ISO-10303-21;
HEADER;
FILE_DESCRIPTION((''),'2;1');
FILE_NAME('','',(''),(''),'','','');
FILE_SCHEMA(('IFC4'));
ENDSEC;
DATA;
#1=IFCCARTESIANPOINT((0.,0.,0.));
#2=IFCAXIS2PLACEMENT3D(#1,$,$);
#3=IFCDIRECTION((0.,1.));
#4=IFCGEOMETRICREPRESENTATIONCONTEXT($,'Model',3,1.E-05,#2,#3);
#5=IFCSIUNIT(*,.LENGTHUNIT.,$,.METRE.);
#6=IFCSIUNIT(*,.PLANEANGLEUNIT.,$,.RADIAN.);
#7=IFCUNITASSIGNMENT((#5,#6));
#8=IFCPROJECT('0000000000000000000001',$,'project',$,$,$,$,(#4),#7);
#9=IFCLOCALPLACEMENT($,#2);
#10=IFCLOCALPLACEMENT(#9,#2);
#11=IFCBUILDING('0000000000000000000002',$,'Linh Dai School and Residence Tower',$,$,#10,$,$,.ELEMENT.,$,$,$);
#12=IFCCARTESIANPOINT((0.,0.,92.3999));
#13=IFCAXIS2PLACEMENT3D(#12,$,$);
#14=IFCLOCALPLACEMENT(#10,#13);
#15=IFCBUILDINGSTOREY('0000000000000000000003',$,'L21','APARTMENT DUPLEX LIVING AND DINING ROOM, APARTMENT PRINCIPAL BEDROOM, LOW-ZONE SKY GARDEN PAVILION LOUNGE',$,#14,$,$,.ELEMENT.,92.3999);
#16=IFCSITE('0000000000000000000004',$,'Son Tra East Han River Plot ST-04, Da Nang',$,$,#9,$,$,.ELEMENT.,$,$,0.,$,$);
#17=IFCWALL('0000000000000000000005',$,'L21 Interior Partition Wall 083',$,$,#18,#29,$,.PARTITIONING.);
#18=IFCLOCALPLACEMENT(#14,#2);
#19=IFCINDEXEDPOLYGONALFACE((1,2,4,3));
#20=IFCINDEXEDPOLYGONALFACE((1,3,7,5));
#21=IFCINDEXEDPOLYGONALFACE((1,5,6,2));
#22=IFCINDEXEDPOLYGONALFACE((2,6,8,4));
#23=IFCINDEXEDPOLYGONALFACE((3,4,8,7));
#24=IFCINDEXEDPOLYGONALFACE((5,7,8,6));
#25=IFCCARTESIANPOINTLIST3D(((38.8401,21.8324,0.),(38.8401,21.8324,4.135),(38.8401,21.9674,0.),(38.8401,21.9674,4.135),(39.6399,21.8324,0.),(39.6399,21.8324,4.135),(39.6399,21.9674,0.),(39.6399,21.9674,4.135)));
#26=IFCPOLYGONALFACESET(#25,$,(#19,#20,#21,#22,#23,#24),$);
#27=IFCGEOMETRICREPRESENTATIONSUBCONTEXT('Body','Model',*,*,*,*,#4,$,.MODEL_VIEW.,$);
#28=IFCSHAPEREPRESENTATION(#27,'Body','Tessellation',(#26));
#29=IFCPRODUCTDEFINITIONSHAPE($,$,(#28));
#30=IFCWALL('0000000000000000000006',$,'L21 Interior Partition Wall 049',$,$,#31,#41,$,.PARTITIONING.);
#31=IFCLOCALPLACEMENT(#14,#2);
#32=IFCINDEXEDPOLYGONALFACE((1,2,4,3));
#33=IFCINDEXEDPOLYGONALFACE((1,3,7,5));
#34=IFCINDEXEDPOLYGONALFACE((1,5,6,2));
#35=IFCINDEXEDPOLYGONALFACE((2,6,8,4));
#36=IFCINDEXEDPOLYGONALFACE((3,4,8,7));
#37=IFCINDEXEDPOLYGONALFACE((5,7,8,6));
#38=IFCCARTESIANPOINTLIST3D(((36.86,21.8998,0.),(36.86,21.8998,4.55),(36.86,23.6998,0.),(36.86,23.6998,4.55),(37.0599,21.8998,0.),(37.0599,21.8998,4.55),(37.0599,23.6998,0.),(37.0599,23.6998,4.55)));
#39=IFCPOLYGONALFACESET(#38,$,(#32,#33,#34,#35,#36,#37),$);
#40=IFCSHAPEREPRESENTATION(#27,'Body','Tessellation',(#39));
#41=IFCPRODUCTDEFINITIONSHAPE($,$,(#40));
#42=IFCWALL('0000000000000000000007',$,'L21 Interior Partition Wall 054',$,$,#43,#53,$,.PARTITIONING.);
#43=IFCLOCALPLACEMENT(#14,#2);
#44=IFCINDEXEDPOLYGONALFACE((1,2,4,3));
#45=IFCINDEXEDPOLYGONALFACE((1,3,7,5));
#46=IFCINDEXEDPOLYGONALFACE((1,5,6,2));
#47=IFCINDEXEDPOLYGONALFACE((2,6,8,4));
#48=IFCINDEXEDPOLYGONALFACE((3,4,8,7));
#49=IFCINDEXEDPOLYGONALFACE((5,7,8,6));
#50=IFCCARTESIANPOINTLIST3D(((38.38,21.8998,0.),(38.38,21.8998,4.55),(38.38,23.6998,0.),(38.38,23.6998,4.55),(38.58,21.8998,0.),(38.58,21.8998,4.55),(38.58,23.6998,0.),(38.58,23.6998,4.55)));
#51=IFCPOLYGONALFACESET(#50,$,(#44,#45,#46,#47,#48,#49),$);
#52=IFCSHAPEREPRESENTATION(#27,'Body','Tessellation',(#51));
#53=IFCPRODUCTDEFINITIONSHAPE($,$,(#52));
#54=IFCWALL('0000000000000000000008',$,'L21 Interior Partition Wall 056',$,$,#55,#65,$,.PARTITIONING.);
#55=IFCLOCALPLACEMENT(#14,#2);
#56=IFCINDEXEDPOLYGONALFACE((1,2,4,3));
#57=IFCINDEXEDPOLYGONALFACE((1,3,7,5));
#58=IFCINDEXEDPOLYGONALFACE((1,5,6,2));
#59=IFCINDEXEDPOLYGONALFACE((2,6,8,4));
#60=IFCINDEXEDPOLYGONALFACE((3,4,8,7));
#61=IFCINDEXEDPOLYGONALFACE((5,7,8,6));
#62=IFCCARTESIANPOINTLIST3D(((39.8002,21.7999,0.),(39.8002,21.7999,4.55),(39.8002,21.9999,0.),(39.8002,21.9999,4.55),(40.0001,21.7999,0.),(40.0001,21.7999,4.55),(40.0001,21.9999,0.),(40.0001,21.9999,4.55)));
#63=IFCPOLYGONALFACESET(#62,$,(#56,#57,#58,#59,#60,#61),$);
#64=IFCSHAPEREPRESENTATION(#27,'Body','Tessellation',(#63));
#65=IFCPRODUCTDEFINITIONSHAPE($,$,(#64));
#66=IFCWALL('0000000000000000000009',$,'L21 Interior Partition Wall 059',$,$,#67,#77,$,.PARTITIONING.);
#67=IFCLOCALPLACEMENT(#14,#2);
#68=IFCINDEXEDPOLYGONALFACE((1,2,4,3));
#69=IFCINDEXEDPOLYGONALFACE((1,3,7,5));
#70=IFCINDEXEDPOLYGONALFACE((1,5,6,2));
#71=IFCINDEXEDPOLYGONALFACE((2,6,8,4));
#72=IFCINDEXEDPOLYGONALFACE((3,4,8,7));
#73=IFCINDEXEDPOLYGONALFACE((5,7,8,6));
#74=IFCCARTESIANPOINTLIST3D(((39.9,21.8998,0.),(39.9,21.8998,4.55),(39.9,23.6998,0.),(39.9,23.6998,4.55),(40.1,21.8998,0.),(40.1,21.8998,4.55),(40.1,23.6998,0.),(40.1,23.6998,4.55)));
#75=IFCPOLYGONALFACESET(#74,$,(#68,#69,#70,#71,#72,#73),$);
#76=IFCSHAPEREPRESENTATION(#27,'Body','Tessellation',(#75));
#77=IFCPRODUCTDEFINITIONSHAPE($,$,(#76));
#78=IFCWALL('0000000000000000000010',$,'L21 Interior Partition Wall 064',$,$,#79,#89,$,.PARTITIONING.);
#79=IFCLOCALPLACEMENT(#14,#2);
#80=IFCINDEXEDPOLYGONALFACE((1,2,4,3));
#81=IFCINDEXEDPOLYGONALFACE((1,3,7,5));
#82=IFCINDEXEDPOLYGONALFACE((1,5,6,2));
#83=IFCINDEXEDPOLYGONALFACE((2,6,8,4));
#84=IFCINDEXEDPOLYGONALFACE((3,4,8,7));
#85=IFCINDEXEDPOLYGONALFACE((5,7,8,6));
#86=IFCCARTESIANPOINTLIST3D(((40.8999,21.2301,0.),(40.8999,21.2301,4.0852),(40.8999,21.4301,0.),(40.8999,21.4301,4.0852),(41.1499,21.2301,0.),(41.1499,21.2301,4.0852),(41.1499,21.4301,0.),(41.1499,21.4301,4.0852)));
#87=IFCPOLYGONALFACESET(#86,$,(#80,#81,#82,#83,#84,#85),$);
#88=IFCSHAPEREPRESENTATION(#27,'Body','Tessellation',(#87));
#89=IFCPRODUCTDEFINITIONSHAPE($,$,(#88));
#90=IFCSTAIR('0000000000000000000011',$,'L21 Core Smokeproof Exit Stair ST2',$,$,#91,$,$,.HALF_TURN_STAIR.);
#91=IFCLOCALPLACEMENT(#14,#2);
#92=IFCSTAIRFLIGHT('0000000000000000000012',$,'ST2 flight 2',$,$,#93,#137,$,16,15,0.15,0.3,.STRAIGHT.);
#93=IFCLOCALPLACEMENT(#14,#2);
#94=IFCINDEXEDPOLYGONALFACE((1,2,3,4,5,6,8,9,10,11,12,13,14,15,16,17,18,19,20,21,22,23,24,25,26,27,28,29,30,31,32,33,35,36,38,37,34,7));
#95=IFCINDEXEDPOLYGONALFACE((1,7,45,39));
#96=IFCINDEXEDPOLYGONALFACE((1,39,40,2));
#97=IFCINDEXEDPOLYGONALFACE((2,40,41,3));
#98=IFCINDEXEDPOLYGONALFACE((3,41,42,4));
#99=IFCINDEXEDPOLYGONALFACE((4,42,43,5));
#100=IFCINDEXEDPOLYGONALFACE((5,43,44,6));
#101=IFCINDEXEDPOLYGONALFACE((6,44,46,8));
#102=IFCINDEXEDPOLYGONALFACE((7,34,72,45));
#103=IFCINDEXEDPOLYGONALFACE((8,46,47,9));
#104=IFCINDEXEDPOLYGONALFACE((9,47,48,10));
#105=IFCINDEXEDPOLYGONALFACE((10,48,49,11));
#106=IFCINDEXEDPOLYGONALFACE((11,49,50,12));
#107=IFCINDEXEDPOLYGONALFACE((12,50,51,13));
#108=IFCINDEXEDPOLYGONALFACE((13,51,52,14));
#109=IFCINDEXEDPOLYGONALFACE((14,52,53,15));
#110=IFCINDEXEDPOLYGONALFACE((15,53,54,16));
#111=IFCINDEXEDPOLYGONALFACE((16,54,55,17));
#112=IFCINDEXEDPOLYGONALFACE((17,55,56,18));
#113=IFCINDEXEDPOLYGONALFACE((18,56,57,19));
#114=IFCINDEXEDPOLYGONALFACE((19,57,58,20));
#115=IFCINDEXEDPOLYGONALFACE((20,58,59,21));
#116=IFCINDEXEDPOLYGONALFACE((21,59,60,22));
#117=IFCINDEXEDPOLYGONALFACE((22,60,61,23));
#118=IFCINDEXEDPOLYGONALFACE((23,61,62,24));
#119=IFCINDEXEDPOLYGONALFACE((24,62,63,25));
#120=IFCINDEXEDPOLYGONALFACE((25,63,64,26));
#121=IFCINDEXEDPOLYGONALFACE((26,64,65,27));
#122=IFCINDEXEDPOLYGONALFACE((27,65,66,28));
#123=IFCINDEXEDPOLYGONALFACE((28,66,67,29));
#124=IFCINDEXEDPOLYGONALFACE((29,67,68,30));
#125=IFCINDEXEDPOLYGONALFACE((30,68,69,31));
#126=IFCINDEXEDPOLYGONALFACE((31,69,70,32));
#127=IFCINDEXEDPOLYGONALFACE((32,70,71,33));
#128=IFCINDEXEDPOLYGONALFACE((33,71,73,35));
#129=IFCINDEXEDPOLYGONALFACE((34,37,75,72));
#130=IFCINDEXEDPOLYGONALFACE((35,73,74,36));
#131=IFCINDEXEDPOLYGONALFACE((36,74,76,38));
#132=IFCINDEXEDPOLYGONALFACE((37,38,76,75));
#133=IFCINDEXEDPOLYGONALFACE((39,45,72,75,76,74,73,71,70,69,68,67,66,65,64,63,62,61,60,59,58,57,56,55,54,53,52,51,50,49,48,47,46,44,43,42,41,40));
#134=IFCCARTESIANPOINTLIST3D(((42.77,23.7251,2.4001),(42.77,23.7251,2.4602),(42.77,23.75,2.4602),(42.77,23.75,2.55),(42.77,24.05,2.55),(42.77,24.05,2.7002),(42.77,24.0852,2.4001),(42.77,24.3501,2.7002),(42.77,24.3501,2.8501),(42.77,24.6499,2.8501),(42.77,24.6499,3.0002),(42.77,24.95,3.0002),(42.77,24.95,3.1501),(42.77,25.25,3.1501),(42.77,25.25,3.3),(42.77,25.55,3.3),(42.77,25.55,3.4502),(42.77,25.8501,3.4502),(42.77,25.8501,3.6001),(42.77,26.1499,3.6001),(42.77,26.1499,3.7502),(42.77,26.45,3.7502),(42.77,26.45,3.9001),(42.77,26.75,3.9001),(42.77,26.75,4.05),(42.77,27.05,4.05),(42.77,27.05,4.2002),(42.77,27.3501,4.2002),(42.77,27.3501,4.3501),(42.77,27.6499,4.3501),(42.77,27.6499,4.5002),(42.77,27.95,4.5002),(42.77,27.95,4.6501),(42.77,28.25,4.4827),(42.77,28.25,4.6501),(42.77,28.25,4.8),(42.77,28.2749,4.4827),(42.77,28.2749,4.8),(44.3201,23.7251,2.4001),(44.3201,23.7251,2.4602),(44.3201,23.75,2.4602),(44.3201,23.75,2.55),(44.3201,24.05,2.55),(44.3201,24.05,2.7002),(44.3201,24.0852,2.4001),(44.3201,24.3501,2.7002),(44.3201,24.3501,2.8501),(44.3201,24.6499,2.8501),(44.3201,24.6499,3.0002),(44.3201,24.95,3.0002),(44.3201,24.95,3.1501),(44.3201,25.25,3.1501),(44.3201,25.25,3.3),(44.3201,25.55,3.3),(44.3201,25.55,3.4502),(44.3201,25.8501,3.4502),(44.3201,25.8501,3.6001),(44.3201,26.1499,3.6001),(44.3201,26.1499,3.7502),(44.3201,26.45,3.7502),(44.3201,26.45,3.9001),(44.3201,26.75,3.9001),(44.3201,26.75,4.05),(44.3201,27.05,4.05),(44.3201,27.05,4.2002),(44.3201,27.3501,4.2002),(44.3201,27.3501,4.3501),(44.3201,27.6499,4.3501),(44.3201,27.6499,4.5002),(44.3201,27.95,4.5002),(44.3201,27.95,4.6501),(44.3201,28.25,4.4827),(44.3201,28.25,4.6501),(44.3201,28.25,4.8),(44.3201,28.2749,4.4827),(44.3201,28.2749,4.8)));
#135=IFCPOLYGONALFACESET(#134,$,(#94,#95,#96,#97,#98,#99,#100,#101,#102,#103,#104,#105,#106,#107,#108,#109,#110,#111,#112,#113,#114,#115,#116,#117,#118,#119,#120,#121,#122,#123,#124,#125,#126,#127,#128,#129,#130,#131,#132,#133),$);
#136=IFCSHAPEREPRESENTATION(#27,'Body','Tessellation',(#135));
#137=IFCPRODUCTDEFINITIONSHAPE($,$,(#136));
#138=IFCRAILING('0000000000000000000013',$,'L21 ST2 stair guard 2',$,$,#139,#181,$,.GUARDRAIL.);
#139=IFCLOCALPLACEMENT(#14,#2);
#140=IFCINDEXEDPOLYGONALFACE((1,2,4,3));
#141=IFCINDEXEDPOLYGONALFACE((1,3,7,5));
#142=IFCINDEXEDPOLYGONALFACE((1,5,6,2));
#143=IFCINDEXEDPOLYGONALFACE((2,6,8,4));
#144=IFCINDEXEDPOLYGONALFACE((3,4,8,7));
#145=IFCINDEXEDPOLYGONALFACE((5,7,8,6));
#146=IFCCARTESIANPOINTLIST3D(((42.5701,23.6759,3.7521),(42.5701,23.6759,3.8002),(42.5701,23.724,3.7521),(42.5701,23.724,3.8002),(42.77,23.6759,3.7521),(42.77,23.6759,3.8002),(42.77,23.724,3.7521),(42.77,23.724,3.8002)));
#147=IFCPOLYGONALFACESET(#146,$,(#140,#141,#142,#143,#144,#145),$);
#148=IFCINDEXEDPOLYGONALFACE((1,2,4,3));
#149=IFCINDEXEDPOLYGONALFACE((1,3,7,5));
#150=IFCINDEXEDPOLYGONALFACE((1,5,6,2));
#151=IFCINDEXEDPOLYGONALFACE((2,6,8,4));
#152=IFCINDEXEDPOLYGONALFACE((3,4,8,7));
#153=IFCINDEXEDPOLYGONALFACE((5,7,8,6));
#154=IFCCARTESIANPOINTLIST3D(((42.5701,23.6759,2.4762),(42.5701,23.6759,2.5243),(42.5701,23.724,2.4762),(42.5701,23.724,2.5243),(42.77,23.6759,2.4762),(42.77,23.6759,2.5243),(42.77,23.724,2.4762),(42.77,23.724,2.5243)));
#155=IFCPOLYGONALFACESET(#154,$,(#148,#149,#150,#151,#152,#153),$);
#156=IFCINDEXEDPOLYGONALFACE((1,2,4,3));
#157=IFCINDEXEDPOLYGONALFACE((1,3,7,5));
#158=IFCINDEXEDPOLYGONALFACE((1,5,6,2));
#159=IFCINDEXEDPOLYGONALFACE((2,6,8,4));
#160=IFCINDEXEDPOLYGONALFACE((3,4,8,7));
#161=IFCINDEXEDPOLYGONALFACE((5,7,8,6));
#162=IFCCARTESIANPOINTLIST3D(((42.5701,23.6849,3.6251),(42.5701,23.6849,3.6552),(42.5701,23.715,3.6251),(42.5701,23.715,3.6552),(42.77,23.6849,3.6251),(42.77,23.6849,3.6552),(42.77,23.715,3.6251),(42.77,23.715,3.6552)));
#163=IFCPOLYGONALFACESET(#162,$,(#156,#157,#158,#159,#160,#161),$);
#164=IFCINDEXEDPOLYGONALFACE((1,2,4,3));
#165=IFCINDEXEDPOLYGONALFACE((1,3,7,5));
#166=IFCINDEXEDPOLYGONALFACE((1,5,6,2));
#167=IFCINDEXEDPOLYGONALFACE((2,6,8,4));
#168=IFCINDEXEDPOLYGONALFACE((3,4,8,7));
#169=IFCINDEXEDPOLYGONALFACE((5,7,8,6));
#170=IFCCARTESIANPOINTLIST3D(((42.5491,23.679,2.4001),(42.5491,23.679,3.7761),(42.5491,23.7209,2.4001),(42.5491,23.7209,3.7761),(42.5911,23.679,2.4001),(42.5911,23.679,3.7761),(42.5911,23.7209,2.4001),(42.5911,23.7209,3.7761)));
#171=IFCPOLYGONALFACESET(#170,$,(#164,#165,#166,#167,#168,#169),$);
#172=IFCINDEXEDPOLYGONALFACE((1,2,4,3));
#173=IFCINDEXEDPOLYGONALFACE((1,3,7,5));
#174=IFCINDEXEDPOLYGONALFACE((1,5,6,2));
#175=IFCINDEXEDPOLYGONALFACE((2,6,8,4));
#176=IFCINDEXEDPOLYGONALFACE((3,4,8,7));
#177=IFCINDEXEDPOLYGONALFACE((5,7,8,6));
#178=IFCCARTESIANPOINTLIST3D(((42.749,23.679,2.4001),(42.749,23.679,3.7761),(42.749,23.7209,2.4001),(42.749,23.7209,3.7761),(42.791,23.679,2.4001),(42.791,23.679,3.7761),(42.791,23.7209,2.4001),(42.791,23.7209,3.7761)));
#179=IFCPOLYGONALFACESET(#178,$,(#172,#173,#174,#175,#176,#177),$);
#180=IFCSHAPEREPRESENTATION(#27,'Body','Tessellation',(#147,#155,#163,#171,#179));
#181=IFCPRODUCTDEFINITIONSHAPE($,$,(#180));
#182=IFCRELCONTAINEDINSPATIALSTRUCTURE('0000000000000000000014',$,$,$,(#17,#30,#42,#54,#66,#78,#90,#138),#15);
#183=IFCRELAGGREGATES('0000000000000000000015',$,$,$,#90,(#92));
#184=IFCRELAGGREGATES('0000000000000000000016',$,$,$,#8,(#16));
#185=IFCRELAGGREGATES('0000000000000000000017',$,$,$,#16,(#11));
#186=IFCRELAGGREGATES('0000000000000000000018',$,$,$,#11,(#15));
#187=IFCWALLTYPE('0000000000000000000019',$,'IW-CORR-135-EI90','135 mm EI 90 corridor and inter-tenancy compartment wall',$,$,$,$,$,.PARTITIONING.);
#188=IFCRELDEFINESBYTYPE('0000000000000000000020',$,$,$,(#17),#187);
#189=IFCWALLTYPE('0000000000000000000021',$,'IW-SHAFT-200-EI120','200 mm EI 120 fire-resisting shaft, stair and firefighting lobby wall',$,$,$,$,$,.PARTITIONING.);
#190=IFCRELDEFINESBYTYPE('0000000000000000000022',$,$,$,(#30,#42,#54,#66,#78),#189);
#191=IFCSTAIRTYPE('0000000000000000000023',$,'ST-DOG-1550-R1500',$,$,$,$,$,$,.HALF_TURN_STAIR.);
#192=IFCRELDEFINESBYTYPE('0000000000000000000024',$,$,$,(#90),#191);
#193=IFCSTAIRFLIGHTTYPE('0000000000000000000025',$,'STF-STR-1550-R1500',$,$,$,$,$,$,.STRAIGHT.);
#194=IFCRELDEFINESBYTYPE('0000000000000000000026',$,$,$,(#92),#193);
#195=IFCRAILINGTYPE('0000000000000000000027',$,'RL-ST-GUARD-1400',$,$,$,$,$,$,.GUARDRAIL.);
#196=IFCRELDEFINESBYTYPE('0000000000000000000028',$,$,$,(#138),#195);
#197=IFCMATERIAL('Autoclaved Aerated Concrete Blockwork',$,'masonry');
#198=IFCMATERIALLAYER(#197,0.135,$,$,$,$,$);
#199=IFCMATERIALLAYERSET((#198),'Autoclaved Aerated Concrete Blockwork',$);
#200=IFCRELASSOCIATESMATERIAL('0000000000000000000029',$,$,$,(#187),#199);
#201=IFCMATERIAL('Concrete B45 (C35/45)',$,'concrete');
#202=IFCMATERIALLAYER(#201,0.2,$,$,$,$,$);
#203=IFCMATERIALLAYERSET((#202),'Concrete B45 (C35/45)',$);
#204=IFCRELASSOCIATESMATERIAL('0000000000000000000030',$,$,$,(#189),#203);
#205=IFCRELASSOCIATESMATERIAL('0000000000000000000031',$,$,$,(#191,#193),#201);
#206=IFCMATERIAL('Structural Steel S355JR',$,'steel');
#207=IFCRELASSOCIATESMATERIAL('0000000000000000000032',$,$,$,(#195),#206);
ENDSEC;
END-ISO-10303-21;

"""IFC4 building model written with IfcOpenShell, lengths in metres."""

from ifc_helpers import new_model, si_unit, direction, frame, frame_2d, origin, origin_2d, place, context, subcontext, project, spatial, polyline, rectangle, outline, extrude, source, transform, mapped, material, layer, layer_set, type_object, element, aggregate, save


model = new_model("IFC4")

# Units and contexts
model_context = context("Model", 3, precision=1e-05, world=origin(), true_north=direction((0.0, 1.0)))
body_context = subcontext(model_context, "Body", "Model", "MODEL_VIEW")
ifc_project = project(units=[si_unit("LENGTHUNIT", "METRE"), si_unit("PLANEANGLEUNIT", "RADIAN")], contexts=[model_context])

# Site, building, storey
site_placement = place(None, origin())
site = spatial("IfcSite", under=ifc_project, at=site_placement, Name="Son Tra East Han River Plot ST-04, Da Nang", CompositionType="ELEMENT", RefElevation=0.0)
building_placement = place(site_placement, origin())
building = spatial("IfcBuilding", under=site, at=building_placement, Name="Linh Dai School and Residence Tower", CompositionType="ELEMENT")
storey_placement = place(building_placement, frame((0.0, 0.0, 92.3999)))
storey = spatial("IfcBuildingStorey", under=building, at=storey_placement, Name="L21", Description="APARTMENT DUPLEX LIVING AND DINING ROOM, APARTMENT PRINCIPAL BEDROOM, LOW-ZONE SKY GARDEN PAVILION LOUNGE", CompositionType="ELEMENT", Elevation=92.3999)

# Shared definitions
ifc_material_1 = material(Name="Structural Steel S355JR", Category="steel")

# Shared definitions
ifc_material_2 = material(Name="Autoclaved Aerated Concrete Blockwork", Category="masonry")
ifc_layer_1 = layer(ifc_material_2, 0.135)
ifc_layer_set_1 = layer_set([ifc_layer_1], Name="Autoclaved Aerated Concrete Blockwork")
wall_type_1 = type_object("IfcWallType", Name="IW-CORR-135-EI90", Description="135 mm EI 90 corridor and inter-tenancy compartment wall", PredefinedType="PARTITIONING", material=ifc_layer_set_1)

# Walls
wall_1_placement = place(storey_placement, frame((39.6399, 21.8999, 0.0), z_axis=(0.0, 0.0, 1.0), x_axis=(-1.0, 0.0, 0.0)))
element("IfcWall", 1, at=wall_1_placement, inside=storey, type_object=wall_type_1, Name="L21 Interior Partition Wall 083", PredefinedType="PARTITIONING", context=body_context, shape_type="SweptSolid", body=[
    extrude(rectangle(XDim=0.7998, YDim=0.135, at=frame_2d((0.3999, 0.0))), origin(), (0.0, 0.0, 1.0), 4.135),
])
ifc_material_3 = material(Name="Concrete B45 (C35/45)", Category="concrete")
ifc_layer_2 = layer(ifc_material_3, 0.2)
ifc_layer_set_2 = layer_set([ifc_layer_2], Name="Concrete B45 (C35/45)")
wall_type_2 = type_object("IfcWallType", Name="IW-SHAFT-200-EI120", Description="200 mm EI 120 fire-resisting shaft, stair and firefighting lobby wall", PredefinedType="PARTITIONING", material=ifc_layer_set_2)
for number, where, z_axis, x_axis, name in (
    (2, (36.96, 21.8999, 0.0), (0.0, 0.0, 1.0), (0.0, 1.0, 0.0), "L21 Interior Partition Wall 049"),
    (3, (38.48, 21.8999, 0.0), (0.0, 0.0, 1.0), (0.0, 1.0, 0.0), "L21 Interior Partition Wall 054"),
):
    element("IfcWall", number, at=place(storey_placement, frame(where, z_axis=z_axis, x_axis=x_axis)), inside=storey, type_object=wall_type_2, Name=name, PredefinedType="PARTITIONING", context=body_context, shape_type="SweptSolid", body=[
        extrude(rectangle(XDim=1.8, YDim=0.2, at=frame_2d((0.8999, 0.0))), origin(), (0.0, 0.0, 1.0), 4.55),
    ])
wall_2_placement = place(storey_placement, frame((39.8, 21.8999, 0.0), z_axis=(0.0, 0.0, 1.0), x_axis=(1.0, 0.0, 0.0)))
element("IfcWall", 4, at=wall_2_placement, inside=storey, type_object=wall_type_2, Name="L21 Interior Partition Wall 056", PredefinedType="PARTITIONING", context=body_context, shape_type="SweptSolid", body=[
    extrude(rectangle(XDim=0.2, YDim=0.2, at=frame_2d((0.1001, 0.0))), origin(), (0.0, 0.0, 1.0), 4.55),
])
wall_3_placement = place(storey_placement, frame((40.0, 21.8999, 0.0), z_axis=(0.0, 0.0, 1.0), x_axis=(0.0, 1.0, 0.0)))
element("IfcWall", 5, at=wall_3_placement, inside=storey, type_object=wall_type_2, Name="L21 Interior Partition Wall 059", PredefinedType="PARTITIONING", context=body_context, shape_type="SweptSolid", body=[
    extrude(rectangle(XDim=1.8, YDim=0.2, at=frame_2d((0.8999, 0.0))), origin(), (0.0, 0.0, 1.0), 4.55),
])
wall_4_placement = place(storey_placement, frame((40.8999, 21.3301, 0.0), z_axis=(0.0, 0.0, 1.0), x_axis=(1.0, 0.0, 0.0)))
element("IfcWall", 6, at=wall_4_placement, inside=storey, type_object=wall_type_2, Name="L21 Interior Partition Wall 064", PredefinedType="PARTITIONING", context=body_context, shape_type="SweptSolid", body=[
    extrude(rectangle(XDim=0.25, YDim=0.2, at=frame_2d((0.125, 0.0))), origin(), (0.0, 0.0, 1.0), 4.0852),
])

# Stair, stair flight
stair_type = type_object("IfcStairType", Name="ST-DOG-1550-R1500", PredefinedType="HALF_TURN_STAIR", material=ifc_material_3)
stair_placement = place(storey_placement, origin())
stair = element("IfcStair", 7, at=stair_placement, inside=storey, type_object=stair_type, Name="L21 Core Smokeproof Exit Stair ST2", PredefinedType="HALF_TURN_STAIR")
stair_flight_type = type_object("IfcStairFlightType", Name="STF-STR-1550-R1500", PredefinedType="STRAIGHT", material=ifc_material_3)
shared_shape_1 = source(origin(), body_context, "Body", "SweptSolid", [
    extrude(outline(polyline([(-0.0249, 0.0), (-0.0249, 0.0601), (0.0, 0.0601), (0.0, 0.1499), (0.3, 0.1499), (0.3, 0.3), (0.6001, 0.3), (0.6001, 0.45), (0.8999, 0.45), (0.8999, 0.6001), (1.2, 0.6001), (1.2, 0.75), (1.5, 0.75), (1.5, 0.8999), (1.8, 0.8999), (1.8, 1.05), (2.1001, 1.05), (2.1001, 1.2), (2.3999, 1.2), (2.3999, 1.3501), (2.7, 1.3501), (2.7, 1.5), (3.0, 1.5), (3.0, 1.6499), (3.3, 1.6499), (3.3, 1.8), (3.6001, 1.8), (3.6001, 1.95), (3.8999, 1.95), (3.8999, 2.1001), (4.2, 2.1001), (4.2, 2.25), (4.5, 2.25), (4.5, 2.3999), (4.5249, 2.3999), (4.5249, 2.0825), (4.5, 2.0825), (0.3352, 0.0), (-0.0249, 0.0)])), frame((0.0, 0.7749, 0.0), z_axis=(0.0, -1.0, 0.0), x_axis=(1.0, 0.0, 0.0)), (0.0, 0.0, 1.0), 1.55),
])
stair_flight_placement = place(storey_placement, frame((43.5449, 23.75, 2.4001), z_axis=(0.0, 0.0, 1.0), x_axis=(0.0, 1.0, 0.0)))
stair_flight = element("IfcStairFlight", 8, at=stair_flight_placement, type_object=stair_flight_type, Name="ST2 flight 2", NumberOfRisers=16, NumberOfTreads=15, PredefinedType="STRAIGHT", RiserHeight=0.15, TreadLength=0.3, context=body_context, shape_type="MappedRepresentation", body=[
    mapped(shared_shape_1, transform((0.0, 0.0, 0.0), x_axis=(1.0, 0.0, 0.0), y_axis=(0.0, 1.0, 0.0), z_axis=(0.0, 0.0, 1.0), scale=1.0)),
])
aggregate(stair, [stair_flight])

# Railing
railing_type = type_object("IfcRailingType", Name="RL-ST-GUARD-1400", PredefinedType="GUARDRAIL", material=ifc_material_1)
shared_shape_2 = source(origin(), body_context, "Body", "SweptSolid", [
    extrude(rectangle(XDim=0.0481, YDim=0.0481, at=origin_2d()), frame((0.0, 0.0, 1.376), z_axis=(1.0, 0.0, 0.0), x_axis=(0.0, 1.0, 0.0)), (0.0, 0.0, 1.0), 0.2),
    extrude(rectangle(XDim=0.0481, YDim=0.0481, at=origin_2d()), frame((0.0, 0.0, 0.1001), z_axis=(1.0, 0.0, 0.0), x_axis=(0.0, 1.0, 0.0)), (0.0, 0.0, 1.0), 0.2),
    extrude(rectangle(XDim=0.03, YDim=0.03, at=origin_2d()), frame((0.0, 0.0, 1.24), z_axis=(1.0, 0.0, 0.0), x_axis=(0.0, 1.0, 0.0)), (0.0, 0.0, 1.0), 0.2),
    extrude(rectangle(XDim=0.042, YDim=0.042, at=origin_2d()), origin(), (0.0, 0.0, 1.0), 1.376),
    extrude(rectangle(XDim=0.042, YDim=0.042, at=origin_2d()), frame((0.2, 0.0, 0.0)), (0.0, 0.0, 1.0), 1.376),
])
railing_1_placement = place(storey_placement, frame((42.5701, 23.7, 2.4001)))
element("IfcRailing", 9, at=railing_1_placement, inside=storey, type_object=railing_type, Name="L21 ST2 stair guard 2", PredefinedType="GUARDRAIL", context=body_context, shape_type="MappedRepresentation", body=[
    mapped(shared_shape_2, transform((0.0, 0.0, 0.0), x_axis=(1.0, 0.0, 0.0), y_axis=(0.0, 1.0, 0.0), z_axis=(0.0, 0.0, 1.0), scale=1.0)),
])

save(model, "model.ifc")
